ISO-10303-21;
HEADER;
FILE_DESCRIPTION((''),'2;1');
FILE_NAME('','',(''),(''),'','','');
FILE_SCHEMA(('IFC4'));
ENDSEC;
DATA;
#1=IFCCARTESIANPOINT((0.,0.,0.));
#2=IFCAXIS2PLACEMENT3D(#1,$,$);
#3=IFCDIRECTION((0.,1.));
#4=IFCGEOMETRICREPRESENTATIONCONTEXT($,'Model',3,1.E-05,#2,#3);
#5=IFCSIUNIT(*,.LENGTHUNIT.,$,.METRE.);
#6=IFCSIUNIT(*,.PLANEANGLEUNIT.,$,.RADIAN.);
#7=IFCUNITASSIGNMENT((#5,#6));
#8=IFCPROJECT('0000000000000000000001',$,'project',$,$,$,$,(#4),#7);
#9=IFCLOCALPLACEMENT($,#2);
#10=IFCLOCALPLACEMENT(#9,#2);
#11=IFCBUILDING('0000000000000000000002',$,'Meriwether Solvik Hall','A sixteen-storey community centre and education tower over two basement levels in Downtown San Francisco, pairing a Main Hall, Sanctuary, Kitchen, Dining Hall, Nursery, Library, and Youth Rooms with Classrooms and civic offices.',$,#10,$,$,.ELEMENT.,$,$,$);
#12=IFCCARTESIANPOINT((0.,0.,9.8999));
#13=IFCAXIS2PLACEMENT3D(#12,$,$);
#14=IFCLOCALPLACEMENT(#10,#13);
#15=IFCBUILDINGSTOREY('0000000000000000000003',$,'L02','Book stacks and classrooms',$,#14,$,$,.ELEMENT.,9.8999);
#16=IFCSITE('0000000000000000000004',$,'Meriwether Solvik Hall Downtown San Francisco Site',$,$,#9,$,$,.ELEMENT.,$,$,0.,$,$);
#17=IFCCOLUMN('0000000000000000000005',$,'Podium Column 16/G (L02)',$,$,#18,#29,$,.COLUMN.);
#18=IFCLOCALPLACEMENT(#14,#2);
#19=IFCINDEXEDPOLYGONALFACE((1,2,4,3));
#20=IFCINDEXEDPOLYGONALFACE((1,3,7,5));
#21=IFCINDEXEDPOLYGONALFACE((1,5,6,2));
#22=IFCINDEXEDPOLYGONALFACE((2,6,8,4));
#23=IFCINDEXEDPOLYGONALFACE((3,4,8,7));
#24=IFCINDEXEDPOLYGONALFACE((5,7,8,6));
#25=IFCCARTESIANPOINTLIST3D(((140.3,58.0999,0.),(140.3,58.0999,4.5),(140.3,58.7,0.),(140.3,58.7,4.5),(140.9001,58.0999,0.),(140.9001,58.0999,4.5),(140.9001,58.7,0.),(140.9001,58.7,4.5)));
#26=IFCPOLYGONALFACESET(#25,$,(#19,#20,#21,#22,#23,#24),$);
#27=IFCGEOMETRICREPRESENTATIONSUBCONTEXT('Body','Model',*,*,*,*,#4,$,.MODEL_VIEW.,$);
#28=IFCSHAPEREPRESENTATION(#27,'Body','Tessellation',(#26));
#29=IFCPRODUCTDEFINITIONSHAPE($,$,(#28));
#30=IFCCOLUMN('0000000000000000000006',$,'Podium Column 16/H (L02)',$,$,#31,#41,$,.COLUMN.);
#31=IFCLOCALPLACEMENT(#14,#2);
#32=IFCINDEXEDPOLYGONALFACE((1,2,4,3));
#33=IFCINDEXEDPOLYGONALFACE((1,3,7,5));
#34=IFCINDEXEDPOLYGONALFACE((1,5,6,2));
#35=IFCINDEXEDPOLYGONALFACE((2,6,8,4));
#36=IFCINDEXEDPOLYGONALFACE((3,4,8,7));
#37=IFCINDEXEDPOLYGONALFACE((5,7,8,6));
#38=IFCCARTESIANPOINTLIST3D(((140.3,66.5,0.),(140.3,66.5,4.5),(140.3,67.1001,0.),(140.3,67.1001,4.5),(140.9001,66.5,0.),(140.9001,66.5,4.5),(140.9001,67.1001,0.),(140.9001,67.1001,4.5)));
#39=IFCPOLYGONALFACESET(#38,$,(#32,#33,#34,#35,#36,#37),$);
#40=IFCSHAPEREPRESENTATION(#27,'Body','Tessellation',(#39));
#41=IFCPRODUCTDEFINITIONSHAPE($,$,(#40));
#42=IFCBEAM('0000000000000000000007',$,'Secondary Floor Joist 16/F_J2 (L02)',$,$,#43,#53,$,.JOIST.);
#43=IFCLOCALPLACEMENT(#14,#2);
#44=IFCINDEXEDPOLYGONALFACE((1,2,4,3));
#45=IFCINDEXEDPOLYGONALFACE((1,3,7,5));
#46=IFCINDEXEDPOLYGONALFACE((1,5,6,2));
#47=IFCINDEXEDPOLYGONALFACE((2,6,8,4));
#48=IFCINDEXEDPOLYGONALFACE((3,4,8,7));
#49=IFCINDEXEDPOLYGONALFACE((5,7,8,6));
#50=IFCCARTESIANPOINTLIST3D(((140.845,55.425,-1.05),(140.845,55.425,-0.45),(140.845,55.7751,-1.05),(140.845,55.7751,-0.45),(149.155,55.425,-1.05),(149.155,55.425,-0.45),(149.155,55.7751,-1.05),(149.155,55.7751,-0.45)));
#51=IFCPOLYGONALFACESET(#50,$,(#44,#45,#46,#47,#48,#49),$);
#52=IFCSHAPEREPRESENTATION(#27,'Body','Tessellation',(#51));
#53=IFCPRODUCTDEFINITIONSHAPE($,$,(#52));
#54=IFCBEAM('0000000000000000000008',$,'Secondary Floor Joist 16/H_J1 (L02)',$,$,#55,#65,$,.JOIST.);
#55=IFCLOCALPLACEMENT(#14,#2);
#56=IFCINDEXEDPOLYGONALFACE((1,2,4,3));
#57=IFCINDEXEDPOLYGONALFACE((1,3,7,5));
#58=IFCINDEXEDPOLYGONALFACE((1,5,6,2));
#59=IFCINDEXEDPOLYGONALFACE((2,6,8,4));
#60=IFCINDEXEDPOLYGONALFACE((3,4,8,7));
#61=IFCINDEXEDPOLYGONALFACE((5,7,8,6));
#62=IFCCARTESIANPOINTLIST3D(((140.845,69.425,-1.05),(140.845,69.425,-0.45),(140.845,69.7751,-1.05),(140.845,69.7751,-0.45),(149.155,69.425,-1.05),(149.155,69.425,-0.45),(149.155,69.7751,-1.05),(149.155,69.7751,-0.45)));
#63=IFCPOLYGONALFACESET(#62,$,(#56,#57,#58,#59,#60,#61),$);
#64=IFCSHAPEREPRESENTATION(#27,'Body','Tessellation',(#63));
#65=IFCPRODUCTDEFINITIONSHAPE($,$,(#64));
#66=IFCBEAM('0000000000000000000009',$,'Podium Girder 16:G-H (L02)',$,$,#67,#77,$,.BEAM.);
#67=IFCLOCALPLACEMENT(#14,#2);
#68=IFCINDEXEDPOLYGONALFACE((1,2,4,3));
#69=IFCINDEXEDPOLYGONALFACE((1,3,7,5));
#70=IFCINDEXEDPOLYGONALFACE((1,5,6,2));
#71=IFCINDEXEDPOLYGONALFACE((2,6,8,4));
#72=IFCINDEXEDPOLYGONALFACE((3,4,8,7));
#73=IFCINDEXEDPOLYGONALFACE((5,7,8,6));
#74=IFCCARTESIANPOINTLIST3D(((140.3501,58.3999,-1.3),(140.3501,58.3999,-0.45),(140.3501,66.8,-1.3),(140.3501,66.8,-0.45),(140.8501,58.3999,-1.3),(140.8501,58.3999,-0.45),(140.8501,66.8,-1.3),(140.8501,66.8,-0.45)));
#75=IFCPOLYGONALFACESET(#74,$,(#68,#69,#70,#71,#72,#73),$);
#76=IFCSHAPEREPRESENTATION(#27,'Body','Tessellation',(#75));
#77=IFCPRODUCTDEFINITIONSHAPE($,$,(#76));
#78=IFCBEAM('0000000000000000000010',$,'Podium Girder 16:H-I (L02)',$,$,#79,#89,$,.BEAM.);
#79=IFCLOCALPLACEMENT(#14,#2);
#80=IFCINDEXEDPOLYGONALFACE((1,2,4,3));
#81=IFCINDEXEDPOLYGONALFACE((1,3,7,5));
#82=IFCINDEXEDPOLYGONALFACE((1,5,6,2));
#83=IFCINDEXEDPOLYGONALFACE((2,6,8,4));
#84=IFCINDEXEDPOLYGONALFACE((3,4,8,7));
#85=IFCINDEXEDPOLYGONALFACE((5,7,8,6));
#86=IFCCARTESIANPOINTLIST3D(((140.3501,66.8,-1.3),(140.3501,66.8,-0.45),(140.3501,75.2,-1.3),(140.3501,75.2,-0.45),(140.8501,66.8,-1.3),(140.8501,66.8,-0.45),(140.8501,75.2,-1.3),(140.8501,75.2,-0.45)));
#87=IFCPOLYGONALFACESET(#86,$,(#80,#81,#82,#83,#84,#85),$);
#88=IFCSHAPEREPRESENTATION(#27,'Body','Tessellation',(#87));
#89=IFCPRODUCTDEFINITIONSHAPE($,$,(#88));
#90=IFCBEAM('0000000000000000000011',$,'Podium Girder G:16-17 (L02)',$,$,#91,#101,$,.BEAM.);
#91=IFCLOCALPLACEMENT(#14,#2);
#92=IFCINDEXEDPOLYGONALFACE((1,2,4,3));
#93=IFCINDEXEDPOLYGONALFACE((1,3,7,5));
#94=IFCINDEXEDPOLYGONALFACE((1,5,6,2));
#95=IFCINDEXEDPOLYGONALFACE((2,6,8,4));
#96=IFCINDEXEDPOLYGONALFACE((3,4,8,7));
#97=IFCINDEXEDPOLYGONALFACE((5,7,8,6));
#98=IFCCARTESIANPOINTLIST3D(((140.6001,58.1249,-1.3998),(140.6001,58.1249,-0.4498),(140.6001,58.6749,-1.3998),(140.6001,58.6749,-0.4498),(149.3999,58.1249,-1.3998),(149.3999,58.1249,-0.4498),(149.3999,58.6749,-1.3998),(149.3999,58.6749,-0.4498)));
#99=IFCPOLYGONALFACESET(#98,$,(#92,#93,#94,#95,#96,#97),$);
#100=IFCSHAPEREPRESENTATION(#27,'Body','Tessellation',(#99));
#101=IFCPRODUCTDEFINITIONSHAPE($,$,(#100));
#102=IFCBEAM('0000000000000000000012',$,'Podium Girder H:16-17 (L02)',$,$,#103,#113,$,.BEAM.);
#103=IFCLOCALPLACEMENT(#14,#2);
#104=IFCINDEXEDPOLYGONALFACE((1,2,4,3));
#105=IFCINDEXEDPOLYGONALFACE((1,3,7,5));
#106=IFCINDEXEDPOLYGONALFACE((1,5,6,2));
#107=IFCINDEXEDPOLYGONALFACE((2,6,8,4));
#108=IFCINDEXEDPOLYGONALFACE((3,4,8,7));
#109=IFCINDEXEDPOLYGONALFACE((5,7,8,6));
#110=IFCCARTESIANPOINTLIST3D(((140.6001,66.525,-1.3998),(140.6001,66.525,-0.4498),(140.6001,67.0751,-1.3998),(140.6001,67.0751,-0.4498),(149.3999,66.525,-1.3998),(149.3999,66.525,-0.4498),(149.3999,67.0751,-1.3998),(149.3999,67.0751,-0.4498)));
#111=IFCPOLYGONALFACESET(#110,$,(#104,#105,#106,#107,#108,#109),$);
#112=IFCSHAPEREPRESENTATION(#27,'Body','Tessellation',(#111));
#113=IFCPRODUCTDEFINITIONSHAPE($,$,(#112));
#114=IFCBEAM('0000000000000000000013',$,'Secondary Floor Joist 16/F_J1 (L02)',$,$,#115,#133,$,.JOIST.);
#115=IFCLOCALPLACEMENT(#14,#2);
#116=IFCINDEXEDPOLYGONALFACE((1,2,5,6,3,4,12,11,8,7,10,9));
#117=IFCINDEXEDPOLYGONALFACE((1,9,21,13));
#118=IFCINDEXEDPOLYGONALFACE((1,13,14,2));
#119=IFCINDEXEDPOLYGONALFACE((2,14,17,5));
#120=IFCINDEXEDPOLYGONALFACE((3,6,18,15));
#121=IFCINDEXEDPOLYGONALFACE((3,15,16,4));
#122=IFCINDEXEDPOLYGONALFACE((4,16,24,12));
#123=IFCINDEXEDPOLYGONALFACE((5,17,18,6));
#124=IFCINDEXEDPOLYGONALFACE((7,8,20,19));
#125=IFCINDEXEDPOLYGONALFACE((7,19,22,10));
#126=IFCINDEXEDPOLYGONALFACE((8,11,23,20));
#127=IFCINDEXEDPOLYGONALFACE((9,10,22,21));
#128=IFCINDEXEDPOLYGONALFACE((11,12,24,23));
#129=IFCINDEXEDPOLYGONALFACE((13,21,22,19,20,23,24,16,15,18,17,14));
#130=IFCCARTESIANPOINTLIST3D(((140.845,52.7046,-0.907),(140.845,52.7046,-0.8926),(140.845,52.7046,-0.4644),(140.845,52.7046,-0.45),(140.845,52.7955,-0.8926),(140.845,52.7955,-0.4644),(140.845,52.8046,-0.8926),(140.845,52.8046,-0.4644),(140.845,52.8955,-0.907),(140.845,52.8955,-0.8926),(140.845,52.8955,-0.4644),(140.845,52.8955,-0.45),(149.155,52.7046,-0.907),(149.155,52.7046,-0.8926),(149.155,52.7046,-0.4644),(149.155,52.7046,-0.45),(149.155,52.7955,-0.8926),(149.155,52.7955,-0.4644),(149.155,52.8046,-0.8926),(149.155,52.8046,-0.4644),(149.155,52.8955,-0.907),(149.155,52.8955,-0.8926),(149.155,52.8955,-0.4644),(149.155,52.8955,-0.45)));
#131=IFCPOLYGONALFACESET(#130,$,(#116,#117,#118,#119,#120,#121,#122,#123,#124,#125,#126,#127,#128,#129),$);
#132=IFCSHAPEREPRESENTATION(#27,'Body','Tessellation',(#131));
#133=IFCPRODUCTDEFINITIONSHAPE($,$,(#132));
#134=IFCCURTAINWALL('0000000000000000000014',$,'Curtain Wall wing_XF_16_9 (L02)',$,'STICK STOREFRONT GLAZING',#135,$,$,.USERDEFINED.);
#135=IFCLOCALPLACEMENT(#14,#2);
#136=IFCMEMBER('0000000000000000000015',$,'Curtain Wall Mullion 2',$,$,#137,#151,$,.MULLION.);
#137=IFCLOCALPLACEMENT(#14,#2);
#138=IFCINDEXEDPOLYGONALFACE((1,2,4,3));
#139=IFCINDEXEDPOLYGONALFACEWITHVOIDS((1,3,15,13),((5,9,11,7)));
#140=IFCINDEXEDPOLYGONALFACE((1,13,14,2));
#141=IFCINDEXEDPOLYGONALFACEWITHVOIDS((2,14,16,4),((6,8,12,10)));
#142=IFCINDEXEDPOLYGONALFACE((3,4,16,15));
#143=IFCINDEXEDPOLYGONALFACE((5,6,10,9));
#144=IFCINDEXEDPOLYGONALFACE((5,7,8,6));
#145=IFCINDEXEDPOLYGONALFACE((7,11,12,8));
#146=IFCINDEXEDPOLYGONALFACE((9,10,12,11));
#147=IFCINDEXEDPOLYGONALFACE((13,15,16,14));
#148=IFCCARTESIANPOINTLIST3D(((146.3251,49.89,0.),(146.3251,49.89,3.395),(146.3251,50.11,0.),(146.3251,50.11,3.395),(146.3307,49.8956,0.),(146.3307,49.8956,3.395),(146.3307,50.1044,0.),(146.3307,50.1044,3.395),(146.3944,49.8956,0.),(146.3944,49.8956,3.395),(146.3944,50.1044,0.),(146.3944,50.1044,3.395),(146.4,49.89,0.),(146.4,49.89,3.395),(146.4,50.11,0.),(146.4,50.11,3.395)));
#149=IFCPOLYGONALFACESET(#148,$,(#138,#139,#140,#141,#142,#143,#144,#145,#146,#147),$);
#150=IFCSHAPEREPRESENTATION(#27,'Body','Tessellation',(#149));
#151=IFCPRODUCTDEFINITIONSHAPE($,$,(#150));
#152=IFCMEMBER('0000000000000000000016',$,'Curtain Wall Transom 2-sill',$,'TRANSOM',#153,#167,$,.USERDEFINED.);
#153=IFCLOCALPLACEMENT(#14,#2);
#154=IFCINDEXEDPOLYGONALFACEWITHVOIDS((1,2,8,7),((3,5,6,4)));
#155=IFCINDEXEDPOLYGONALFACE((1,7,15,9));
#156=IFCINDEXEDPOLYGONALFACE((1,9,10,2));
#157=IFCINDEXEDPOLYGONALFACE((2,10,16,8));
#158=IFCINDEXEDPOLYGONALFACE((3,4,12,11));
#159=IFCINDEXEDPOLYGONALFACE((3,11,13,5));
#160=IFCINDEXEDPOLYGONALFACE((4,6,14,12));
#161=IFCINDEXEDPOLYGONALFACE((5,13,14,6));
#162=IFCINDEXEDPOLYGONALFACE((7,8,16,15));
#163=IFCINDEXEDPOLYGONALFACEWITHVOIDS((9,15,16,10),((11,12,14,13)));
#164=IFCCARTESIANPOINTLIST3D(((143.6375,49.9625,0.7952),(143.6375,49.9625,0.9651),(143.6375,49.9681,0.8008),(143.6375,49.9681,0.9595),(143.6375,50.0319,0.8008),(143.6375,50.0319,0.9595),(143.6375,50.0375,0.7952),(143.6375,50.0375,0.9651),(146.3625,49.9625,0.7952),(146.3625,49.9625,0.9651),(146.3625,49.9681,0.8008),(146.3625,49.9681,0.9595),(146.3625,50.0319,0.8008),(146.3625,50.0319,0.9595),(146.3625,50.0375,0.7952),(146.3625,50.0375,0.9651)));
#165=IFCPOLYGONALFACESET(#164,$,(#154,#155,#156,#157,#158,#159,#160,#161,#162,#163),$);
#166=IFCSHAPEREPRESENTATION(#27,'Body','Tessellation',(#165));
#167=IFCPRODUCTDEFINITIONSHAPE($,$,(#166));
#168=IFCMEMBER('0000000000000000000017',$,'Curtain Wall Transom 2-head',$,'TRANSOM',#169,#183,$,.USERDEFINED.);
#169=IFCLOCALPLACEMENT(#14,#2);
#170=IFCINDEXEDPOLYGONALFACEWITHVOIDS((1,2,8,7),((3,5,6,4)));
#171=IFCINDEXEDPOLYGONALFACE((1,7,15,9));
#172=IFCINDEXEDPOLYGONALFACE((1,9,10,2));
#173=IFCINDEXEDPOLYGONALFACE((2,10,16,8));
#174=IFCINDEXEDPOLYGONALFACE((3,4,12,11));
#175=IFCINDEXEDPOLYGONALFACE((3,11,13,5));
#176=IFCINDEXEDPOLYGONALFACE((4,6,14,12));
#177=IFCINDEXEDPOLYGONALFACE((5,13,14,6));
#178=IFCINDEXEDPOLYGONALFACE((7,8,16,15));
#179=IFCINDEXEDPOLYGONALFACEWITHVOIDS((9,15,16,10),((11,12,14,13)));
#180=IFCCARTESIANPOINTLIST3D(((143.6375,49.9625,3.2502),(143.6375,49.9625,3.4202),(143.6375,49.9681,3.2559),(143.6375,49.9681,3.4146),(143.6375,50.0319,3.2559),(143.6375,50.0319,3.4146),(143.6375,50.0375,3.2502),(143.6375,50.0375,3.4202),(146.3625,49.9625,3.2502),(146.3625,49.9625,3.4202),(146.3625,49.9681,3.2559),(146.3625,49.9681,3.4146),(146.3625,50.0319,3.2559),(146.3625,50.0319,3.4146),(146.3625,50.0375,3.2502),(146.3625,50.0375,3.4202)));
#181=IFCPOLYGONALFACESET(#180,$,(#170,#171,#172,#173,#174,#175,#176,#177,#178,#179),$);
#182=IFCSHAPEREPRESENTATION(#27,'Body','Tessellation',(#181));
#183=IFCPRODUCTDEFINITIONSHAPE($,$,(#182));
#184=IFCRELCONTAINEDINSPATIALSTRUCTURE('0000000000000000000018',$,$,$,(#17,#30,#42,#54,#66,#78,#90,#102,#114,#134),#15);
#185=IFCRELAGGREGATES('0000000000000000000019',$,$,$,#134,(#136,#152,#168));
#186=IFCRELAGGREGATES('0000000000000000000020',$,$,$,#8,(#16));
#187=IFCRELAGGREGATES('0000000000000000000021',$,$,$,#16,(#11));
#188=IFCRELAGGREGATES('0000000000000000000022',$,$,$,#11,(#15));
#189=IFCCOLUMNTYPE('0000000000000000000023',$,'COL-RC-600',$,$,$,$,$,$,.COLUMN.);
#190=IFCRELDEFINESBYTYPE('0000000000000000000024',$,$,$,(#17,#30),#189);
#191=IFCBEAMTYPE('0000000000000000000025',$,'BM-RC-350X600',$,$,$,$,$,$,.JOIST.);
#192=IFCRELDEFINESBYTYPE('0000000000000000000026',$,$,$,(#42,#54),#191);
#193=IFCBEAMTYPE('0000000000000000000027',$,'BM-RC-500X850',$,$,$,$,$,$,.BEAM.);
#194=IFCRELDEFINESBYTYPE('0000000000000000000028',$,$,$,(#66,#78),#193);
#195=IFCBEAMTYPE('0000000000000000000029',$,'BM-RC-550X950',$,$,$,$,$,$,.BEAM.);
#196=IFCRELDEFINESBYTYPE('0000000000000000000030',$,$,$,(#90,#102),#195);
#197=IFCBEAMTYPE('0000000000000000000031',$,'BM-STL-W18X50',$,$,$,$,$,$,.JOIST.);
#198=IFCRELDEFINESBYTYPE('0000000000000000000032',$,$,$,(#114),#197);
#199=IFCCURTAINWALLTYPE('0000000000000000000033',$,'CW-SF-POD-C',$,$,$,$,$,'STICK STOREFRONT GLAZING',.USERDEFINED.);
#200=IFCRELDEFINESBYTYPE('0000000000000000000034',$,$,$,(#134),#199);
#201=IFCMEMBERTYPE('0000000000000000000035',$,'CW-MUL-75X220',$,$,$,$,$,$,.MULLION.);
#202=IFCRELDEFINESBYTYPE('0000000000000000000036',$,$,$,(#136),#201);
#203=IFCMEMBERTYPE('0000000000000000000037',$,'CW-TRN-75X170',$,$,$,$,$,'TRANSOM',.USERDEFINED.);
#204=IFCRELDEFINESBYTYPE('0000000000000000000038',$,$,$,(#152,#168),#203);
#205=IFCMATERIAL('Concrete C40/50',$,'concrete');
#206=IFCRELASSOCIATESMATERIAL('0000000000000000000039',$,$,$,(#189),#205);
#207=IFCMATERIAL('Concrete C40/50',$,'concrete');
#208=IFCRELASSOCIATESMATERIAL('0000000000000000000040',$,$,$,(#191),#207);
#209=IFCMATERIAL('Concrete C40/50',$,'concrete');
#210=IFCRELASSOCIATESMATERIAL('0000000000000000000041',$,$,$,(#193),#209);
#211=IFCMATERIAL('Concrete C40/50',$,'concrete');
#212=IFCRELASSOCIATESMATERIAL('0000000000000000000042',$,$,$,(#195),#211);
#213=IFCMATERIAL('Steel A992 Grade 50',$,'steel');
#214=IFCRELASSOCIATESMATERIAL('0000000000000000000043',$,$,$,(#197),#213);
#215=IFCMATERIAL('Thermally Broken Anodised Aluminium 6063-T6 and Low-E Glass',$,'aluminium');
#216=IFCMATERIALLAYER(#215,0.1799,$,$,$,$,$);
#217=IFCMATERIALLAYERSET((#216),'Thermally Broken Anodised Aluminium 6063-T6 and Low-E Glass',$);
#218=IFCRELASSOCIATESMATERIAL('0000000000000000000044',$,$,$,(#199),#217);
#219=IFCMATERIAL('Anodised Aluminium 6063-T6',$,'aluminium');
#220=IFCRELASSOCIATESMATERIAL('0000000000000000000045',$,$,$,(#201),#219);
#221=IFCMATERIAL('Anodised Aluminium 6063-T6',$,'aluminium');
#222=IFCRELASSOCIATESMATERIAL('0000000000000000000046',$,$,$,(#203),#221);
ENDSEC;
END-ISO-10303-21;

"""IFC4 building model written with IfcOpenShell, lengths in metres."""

from ifc_helpers import new_model, si_unit, direction, frame, origin, origin_2d, place, context, subcontext, project, spatial, rectangle, hollow_rectangle, i_section, extrude, material, layer, layer_set, material_profile, profile_set, type_object, element, aggregate, save


model = new_model("IFC4")

# Units and contexts
model_context = context("Model", 3, precision=1e-05, world=origin(), true_north=direction((0.0, 1.0)))
body_context = subcontext(model_context, "Body", "Model", "MODEL_VIEW")
ifc_project = project(units=[si_unit("LENGTHUNIT", "METRE"), si_unit("PLANEANGLEUNIT", "RADIAN")], contexts=[model_context])

# Site, building, storey
site_placement = place(None, origin())
site = spatial("IfcSite", under=ifc_project, at=site_placement, Name="Meriwether Solvik Hall Downtown San Francisco Site", CompositionType="ELEMENT", RefElevation=0.0)
building_placement = place(site_placement, origin())
building = spatial("IfcBuilding", under=site, at=building_placement, Name="Meriwether Solvik Hall", Description="A sixteen-storey community centre and education tower over two basement levels in Downtown San Francisco, pairing a Main Hall, Sanctuary, Kitchen, Dining Hall, Nursery, Library, and Youth Rooms with Classrooms and civic offices.", CompositionType="ELEMENT")
storey_placement = place(building_placement, frame((0.0, 0.0, 9.8999)))
storey = spatial("IfcBuildingStorey", under=building, at=storey_placement, Name="L02", Description="Book stacks and classrooms", CompositionType="ELEMENT", Elevation=9.8999)

# Columns
ifc_material_1 = material(Name="Concrete C40/50", Category="concrete")
ifc_material_profile_1 = material_profile(ifc_material_1, rectangle(XDim=0.6001, YDim=0.6001, at=origin_2d()), Name="RCC-600X600")
ifc_profile_set_1 = profile_set([ifc_material_profile_1], Name="Concrete C40/50")
column_type = type_object("IfcColumnType", Name="COL-RC-600", PredefinedType="COLUMN", material=ifc_profile_set_1)
for number, where, z_axis, x_axis, name in (
    (1, (140.6001, 58.3999, 0.0), (0.0, 0.0, 1.0), (1.0, 0.0, 0.0), "Podium Column 16/G (L02)"),
    (2, (140.6001, 66.8, 0.0), (0.0, 0.0, 1.0), (1.0, 0.0, 0.0), "Podium Column 16/H (L02)"),
):
    element("IfcColumn", number, at=place(storey_placement, frame(where, z_axis=z_axis, x_axis=x_axis)), inside=storey, type_object=column_type, Name=name, PredefinedType="COLUMN", context=body_context, shape_type="SweptSolid", body=[
        extrude(rectangle(XDim=0.6001, YDim=0.6001, at=origin_2d()), origin(), (0.0, 0.0, 1.0), 4.5),
    ])

# Beams
ifc_material_2 = material(Name="Concrete C40/50", Category="concrete")
ifc_material_profile_2 = material_profile(ifc_material_2, rectangle(XDim=0.3501, YDim=0.6001, at=origin_2d()), Name="RCB-350X600")
ifc_profile_set_2 = profile_set([ifc_material_profile_2], Name="Concrete C40/50")
beam_type_1 = type_object("IfcBeamType", Name="BM-RC-350X600", PredefinedType="JOIST", material=ifc_profile_set_2)
for number, where, z_axis, x_axis, name in (
    (3, (140.845, 55.6001, -0.75), (1.0, 0.0, 0.0), (0.0, 1.0, 0.0), "Secondary Floor Joist 16/F_J2 (L02)"),
    (4, (140.845, 69.6001, -0.75), (1.0, 0.0, 0.0), (0.0, 1.0, 0.0), "Secondary Floor Joist 16/H_J1 (L02)"),
):
    element("IfcBeam", number, at=place(storey_placement, frame(where, z_axis=z_axis, x_axis=x_axis)), inside=storey, type_object=beam_type_1, Name=name, PredefinedType="JOIST", context=body_context, shape_type="SweptSolid", body=[
        extrude(rectangle(XDim=0.3501, YDim=0.6001, at=origin_2d()), origin(), (0.0, 0.0, 1.0), 8.3101),
    ])
ifc_material_3 = material(Name="Concrete C40/50", Category="concrete")
ifc_material_profile_3 = material_profile(ifc_material_3, rectangle(XDim=0.5, YDim=0.8501, at=origin_2d()), Name="RCB-500X850")
ifc_profile_set_3 = profile_set([ifc_material_profile_3], Name="Concrete C40/50")
beam_type_2 = type_object("IfcBeamType", Name="BM-RC-500X850", PredefinedType="BEAM", material=ifc_profile_set_3)
beam_1_placement = place(storey_placement, frame((140.6001, 58.3999, -0.875), z_axis=(0.0, 1.0, 0.0), x_axis=(-1.0, 0.0, 0.0)))
element("IfcBeam", 5, at=beam_1_placement, inside=storey, type_object=beam_type_2, Name="Podium Girder 16:G-H (L02)", PredefinedType="BEAM", context=body_context, shape_type="SweptSolid", body=[
    extrude(rectangle(XDim=0.5, YDim=0.8501, at=origin_2d()), origin(), (0.0, 0.0, 1.0), 8.4001),
])
beam_2_placement = place(storey_placement, frame((140.6001, 66.8, -0.875), z_axis=(0.0, 1.0, 0.0), x_axis=(-1.0, 0.0, 0.0)))
element("IfcBeam", 6, at=beam_2_placement, inside=storey, type_object=beam_type_2, Name="Podium Girder 16:H-I (L02)", PredefinedType="BEAM", context=body_context, shape_type="SweptSolid", body=[
    extrude(rectangle(XDim=0.5, YDim=0.8501, at=origin_2d()), origin(), (0.0, 0.0, 1.0), 8.3999),
])
ifc_material_4 = material(Name="Concrete C40/50", Category="concrete")
ifc_material_profile_4 = material_profile(ifc_material_4, rectangle(XDim=0.55, YDim=0.95, at=origin_2d()), Name="RCB-550X950")
ifc_profile_set_4 = profile_set([ifc_material_profile_4], Name="Concrete C40/50")
beam_type_3 = type_object("IfcBeamType", Name="BM-RC-550X950", PredefinedType="BEAM", material=ifc_profile_set_4)
for number, where, z_axis, x_axis, name in (
    (7, (140.6001, 58.3999, -0.9248), (1.0, 0.0, 0.0), (0.0, 1.0, 0.0), "Podium Girder G:16-17 (L02)"),
    (8, (140.6001, 66.8, -0.9248), (1.0, 0.0, 0.0), (0.0, 1.0, 0.0), "Podium Girder H:16-17 (L02)"),
):
    element("IfcBeam", number, at=place(storey_placement, frame(where, z_axis=z_axis, x_axis=x_axis)), inside=storey, type_object=beam_type_3, Name=name, PredefinedType="BEAM", context=body_context, shape_type="SweptSolid", body=[
        extrude(rectangle(XDim=0.55, YDim=0.95, at=origin_2d()), origin(), (0.0, 0.0, 1.0), 8.7998),
    ])
ifc_material_5 = material(Name="Steel A992 Grade 50", Category="steel")
ifc_material_profile_5 = material_profile(ifc_material_5, i_section(OverallWidth=0.1909, OverallDepth=0.457, WebThickness=0.009, FlangeThickness=0.0144, at=origin_2d()), Name="W18X50")
ifc_profile_set_5 = profile_set([ifc_material_profile_5], Name="Steel A992 Grade 50")
beam_type_4 = type_object("IfcBeamType", Name="BM-STL-W18X50", PredefinedType="JOIST", material=ifc_profile_set_5)
beam_3_placement = place(storey_placement, frame((140.845, 52.8, -0.6785), z_axis=(1.0, 0.0, 0.0), x_axis=(0.0, 1.0, 0.0)))
element("IfcBeam", 9, at=beam_3_placement, inside=storey, type_object=beam_type_4, Name="Secondary Floor Joist 16/F_J1 (L02)", PredefinedType="JOIST", context=body_context, shape_type="SweptSolid", body=[
    extrude(i_section(OverallWidth=0.1909, OverallDepth=0.457, WebThickness=0.009, FlangeThickness=0.0144, at=origin_2d()), origin(), (0.0, 0.0, 1.0), 8.3101),
])

# Curtain wall, members
ifc_material_6 = material(Name="Thermally Broken Anodised Aluminium 6063-T6 and Low-E Glass", Category="aluminium")
ifc_layer_1 = layer(ifc_material_6, 0.1799)
ifc_layer_set_1 = layer_set([ifc_layer_1], Name="Thermally Broken Anodised Aluminium 6063-T6 and Low-E Glass")
curtain_wall_type = type_object("IfcCurtainWallType", Name="CW-SF-POD-C", ElementType="STICK STOREFRONT GLAZING", PredefinedType="USERDEFINED", material=ifc_layer_set_1)
curtain_wall_placement = place(storey_placement, origin())
curtain_wall = element("IfcCurtainWall", 10, at=curtain_wall_placement, inside=storey, type_object=curtain_wall_type, Name="Curtain Wall wing_XF_16_9 (L02)", ObjectType="STICK STOREFRONT GLAZING", PredefinedType="USERDEFINED")
ifc_material_7 = material(Name="Anodised Aluminium 6063-T6", Category="aluminium")
ifc_material_profile_6 = material_profile(ifc_material_7, hollow_rectangle(XDim=0.075, YDim=0.22, WallThickness=0.0056, at=origin_2d()), Name="CWM-75X220")
ifc_profile_set_6 = profile_set([ifc_material_profile_6], Name="Anodised Aluminium 6063-T6")
member_type_1 = type_object("IfcMemberType", Name="CW-MUL-75X220", PredefinedType="MULLION", material=ifc_profile_set_6)
member_1_placement = place(storey_placement, frame((146.3625, 50.0, 0.0), z_axis=(0.0, 0.0, 1.0), x_axis=(-1.0, 0.0, 0.0)))
member_1 = element("IfcMember", 11, at=member_1_placement, type_object=member_type_1, Name="Curtain Wall Mullion 2", PredefinedType="MULLION", context=body_context, shape_type="SweptSolid", body=[
    extrude(hollow_rectangle(XDim=0.075, YDim=0.22, WallThickness=0.0056, at=origin_2d()), origin(), (0.0, 0.0, 1.0), 3.395),
])
ifc_material_8 = material(Name="Anodised Aluminium 6063-T6", Category="aluminium")
ifc_material_profile_7 = material_profile(ifc_material_8, hollow_rectangle(XDim=0.075, YDim=0.1699, WallThickness=0.0056, at=origin_2d()), Name="CWT-75X170")
ifc_profile_set_7 = profile_set([ifc_material_profile_7], Name="Anodised Aluminium 6063-T6")
member_type_2 = type_object("IfcMemberType", Name="CW-TRN-75X170", ElementType="TRANSOM", PredefinedType="USERDEFINED", material=ifc_profile_set_7)
member_2_placement = place(storey_placement, frame((146.3625, 50.0, 0.8801), z_axis=(-1.0, 0.0, 0.0), x_axis=(0.0, -1.0, 0.0)))
member_2 = element("IfcMember", 12, at=member_2_placement, type_object=member_type_2, Name="Curtain Wall Transom 2-sill", ObjectType="TRANSOM", PredefinedType="USERDEFINED", context=body_context, shape_type="SweptSolid", body=[
    extrude(hollow_rectangle(XDim=0.075, YDim=0.1699, WallThickness=0.0056, at=origin_2d()), origin(), (0.0, 0.0, 1.0), 2.7251),
])
member_3_placement = place(storey_placement, frame((146.3625, 50.0, 3.3352), z_axis=(-1.0, 0.0, 0.0), x_axis=(0.0, -1.0, 0.0)))
member_3 = element("IfcMember", 13, at=member_3_placement, type_object=member_type_2, Name="Curtain Wall Transom 2-head", ObjectType="TRANSOM", PredefinedType="USERDEFINED", context=body_context, shape_type="SweptSolid", body=[
    extrude(hollow_rectangle(XDim=0.075, YDim=0.1699, WallThickness=0.0056, at=origin_2d()), origin(), (0.0, 0.0, 1.0), 2.7251),
])
aggregate(curtain_wall, [member_1, member_2, member_3])

save(model, "model.ifc")
